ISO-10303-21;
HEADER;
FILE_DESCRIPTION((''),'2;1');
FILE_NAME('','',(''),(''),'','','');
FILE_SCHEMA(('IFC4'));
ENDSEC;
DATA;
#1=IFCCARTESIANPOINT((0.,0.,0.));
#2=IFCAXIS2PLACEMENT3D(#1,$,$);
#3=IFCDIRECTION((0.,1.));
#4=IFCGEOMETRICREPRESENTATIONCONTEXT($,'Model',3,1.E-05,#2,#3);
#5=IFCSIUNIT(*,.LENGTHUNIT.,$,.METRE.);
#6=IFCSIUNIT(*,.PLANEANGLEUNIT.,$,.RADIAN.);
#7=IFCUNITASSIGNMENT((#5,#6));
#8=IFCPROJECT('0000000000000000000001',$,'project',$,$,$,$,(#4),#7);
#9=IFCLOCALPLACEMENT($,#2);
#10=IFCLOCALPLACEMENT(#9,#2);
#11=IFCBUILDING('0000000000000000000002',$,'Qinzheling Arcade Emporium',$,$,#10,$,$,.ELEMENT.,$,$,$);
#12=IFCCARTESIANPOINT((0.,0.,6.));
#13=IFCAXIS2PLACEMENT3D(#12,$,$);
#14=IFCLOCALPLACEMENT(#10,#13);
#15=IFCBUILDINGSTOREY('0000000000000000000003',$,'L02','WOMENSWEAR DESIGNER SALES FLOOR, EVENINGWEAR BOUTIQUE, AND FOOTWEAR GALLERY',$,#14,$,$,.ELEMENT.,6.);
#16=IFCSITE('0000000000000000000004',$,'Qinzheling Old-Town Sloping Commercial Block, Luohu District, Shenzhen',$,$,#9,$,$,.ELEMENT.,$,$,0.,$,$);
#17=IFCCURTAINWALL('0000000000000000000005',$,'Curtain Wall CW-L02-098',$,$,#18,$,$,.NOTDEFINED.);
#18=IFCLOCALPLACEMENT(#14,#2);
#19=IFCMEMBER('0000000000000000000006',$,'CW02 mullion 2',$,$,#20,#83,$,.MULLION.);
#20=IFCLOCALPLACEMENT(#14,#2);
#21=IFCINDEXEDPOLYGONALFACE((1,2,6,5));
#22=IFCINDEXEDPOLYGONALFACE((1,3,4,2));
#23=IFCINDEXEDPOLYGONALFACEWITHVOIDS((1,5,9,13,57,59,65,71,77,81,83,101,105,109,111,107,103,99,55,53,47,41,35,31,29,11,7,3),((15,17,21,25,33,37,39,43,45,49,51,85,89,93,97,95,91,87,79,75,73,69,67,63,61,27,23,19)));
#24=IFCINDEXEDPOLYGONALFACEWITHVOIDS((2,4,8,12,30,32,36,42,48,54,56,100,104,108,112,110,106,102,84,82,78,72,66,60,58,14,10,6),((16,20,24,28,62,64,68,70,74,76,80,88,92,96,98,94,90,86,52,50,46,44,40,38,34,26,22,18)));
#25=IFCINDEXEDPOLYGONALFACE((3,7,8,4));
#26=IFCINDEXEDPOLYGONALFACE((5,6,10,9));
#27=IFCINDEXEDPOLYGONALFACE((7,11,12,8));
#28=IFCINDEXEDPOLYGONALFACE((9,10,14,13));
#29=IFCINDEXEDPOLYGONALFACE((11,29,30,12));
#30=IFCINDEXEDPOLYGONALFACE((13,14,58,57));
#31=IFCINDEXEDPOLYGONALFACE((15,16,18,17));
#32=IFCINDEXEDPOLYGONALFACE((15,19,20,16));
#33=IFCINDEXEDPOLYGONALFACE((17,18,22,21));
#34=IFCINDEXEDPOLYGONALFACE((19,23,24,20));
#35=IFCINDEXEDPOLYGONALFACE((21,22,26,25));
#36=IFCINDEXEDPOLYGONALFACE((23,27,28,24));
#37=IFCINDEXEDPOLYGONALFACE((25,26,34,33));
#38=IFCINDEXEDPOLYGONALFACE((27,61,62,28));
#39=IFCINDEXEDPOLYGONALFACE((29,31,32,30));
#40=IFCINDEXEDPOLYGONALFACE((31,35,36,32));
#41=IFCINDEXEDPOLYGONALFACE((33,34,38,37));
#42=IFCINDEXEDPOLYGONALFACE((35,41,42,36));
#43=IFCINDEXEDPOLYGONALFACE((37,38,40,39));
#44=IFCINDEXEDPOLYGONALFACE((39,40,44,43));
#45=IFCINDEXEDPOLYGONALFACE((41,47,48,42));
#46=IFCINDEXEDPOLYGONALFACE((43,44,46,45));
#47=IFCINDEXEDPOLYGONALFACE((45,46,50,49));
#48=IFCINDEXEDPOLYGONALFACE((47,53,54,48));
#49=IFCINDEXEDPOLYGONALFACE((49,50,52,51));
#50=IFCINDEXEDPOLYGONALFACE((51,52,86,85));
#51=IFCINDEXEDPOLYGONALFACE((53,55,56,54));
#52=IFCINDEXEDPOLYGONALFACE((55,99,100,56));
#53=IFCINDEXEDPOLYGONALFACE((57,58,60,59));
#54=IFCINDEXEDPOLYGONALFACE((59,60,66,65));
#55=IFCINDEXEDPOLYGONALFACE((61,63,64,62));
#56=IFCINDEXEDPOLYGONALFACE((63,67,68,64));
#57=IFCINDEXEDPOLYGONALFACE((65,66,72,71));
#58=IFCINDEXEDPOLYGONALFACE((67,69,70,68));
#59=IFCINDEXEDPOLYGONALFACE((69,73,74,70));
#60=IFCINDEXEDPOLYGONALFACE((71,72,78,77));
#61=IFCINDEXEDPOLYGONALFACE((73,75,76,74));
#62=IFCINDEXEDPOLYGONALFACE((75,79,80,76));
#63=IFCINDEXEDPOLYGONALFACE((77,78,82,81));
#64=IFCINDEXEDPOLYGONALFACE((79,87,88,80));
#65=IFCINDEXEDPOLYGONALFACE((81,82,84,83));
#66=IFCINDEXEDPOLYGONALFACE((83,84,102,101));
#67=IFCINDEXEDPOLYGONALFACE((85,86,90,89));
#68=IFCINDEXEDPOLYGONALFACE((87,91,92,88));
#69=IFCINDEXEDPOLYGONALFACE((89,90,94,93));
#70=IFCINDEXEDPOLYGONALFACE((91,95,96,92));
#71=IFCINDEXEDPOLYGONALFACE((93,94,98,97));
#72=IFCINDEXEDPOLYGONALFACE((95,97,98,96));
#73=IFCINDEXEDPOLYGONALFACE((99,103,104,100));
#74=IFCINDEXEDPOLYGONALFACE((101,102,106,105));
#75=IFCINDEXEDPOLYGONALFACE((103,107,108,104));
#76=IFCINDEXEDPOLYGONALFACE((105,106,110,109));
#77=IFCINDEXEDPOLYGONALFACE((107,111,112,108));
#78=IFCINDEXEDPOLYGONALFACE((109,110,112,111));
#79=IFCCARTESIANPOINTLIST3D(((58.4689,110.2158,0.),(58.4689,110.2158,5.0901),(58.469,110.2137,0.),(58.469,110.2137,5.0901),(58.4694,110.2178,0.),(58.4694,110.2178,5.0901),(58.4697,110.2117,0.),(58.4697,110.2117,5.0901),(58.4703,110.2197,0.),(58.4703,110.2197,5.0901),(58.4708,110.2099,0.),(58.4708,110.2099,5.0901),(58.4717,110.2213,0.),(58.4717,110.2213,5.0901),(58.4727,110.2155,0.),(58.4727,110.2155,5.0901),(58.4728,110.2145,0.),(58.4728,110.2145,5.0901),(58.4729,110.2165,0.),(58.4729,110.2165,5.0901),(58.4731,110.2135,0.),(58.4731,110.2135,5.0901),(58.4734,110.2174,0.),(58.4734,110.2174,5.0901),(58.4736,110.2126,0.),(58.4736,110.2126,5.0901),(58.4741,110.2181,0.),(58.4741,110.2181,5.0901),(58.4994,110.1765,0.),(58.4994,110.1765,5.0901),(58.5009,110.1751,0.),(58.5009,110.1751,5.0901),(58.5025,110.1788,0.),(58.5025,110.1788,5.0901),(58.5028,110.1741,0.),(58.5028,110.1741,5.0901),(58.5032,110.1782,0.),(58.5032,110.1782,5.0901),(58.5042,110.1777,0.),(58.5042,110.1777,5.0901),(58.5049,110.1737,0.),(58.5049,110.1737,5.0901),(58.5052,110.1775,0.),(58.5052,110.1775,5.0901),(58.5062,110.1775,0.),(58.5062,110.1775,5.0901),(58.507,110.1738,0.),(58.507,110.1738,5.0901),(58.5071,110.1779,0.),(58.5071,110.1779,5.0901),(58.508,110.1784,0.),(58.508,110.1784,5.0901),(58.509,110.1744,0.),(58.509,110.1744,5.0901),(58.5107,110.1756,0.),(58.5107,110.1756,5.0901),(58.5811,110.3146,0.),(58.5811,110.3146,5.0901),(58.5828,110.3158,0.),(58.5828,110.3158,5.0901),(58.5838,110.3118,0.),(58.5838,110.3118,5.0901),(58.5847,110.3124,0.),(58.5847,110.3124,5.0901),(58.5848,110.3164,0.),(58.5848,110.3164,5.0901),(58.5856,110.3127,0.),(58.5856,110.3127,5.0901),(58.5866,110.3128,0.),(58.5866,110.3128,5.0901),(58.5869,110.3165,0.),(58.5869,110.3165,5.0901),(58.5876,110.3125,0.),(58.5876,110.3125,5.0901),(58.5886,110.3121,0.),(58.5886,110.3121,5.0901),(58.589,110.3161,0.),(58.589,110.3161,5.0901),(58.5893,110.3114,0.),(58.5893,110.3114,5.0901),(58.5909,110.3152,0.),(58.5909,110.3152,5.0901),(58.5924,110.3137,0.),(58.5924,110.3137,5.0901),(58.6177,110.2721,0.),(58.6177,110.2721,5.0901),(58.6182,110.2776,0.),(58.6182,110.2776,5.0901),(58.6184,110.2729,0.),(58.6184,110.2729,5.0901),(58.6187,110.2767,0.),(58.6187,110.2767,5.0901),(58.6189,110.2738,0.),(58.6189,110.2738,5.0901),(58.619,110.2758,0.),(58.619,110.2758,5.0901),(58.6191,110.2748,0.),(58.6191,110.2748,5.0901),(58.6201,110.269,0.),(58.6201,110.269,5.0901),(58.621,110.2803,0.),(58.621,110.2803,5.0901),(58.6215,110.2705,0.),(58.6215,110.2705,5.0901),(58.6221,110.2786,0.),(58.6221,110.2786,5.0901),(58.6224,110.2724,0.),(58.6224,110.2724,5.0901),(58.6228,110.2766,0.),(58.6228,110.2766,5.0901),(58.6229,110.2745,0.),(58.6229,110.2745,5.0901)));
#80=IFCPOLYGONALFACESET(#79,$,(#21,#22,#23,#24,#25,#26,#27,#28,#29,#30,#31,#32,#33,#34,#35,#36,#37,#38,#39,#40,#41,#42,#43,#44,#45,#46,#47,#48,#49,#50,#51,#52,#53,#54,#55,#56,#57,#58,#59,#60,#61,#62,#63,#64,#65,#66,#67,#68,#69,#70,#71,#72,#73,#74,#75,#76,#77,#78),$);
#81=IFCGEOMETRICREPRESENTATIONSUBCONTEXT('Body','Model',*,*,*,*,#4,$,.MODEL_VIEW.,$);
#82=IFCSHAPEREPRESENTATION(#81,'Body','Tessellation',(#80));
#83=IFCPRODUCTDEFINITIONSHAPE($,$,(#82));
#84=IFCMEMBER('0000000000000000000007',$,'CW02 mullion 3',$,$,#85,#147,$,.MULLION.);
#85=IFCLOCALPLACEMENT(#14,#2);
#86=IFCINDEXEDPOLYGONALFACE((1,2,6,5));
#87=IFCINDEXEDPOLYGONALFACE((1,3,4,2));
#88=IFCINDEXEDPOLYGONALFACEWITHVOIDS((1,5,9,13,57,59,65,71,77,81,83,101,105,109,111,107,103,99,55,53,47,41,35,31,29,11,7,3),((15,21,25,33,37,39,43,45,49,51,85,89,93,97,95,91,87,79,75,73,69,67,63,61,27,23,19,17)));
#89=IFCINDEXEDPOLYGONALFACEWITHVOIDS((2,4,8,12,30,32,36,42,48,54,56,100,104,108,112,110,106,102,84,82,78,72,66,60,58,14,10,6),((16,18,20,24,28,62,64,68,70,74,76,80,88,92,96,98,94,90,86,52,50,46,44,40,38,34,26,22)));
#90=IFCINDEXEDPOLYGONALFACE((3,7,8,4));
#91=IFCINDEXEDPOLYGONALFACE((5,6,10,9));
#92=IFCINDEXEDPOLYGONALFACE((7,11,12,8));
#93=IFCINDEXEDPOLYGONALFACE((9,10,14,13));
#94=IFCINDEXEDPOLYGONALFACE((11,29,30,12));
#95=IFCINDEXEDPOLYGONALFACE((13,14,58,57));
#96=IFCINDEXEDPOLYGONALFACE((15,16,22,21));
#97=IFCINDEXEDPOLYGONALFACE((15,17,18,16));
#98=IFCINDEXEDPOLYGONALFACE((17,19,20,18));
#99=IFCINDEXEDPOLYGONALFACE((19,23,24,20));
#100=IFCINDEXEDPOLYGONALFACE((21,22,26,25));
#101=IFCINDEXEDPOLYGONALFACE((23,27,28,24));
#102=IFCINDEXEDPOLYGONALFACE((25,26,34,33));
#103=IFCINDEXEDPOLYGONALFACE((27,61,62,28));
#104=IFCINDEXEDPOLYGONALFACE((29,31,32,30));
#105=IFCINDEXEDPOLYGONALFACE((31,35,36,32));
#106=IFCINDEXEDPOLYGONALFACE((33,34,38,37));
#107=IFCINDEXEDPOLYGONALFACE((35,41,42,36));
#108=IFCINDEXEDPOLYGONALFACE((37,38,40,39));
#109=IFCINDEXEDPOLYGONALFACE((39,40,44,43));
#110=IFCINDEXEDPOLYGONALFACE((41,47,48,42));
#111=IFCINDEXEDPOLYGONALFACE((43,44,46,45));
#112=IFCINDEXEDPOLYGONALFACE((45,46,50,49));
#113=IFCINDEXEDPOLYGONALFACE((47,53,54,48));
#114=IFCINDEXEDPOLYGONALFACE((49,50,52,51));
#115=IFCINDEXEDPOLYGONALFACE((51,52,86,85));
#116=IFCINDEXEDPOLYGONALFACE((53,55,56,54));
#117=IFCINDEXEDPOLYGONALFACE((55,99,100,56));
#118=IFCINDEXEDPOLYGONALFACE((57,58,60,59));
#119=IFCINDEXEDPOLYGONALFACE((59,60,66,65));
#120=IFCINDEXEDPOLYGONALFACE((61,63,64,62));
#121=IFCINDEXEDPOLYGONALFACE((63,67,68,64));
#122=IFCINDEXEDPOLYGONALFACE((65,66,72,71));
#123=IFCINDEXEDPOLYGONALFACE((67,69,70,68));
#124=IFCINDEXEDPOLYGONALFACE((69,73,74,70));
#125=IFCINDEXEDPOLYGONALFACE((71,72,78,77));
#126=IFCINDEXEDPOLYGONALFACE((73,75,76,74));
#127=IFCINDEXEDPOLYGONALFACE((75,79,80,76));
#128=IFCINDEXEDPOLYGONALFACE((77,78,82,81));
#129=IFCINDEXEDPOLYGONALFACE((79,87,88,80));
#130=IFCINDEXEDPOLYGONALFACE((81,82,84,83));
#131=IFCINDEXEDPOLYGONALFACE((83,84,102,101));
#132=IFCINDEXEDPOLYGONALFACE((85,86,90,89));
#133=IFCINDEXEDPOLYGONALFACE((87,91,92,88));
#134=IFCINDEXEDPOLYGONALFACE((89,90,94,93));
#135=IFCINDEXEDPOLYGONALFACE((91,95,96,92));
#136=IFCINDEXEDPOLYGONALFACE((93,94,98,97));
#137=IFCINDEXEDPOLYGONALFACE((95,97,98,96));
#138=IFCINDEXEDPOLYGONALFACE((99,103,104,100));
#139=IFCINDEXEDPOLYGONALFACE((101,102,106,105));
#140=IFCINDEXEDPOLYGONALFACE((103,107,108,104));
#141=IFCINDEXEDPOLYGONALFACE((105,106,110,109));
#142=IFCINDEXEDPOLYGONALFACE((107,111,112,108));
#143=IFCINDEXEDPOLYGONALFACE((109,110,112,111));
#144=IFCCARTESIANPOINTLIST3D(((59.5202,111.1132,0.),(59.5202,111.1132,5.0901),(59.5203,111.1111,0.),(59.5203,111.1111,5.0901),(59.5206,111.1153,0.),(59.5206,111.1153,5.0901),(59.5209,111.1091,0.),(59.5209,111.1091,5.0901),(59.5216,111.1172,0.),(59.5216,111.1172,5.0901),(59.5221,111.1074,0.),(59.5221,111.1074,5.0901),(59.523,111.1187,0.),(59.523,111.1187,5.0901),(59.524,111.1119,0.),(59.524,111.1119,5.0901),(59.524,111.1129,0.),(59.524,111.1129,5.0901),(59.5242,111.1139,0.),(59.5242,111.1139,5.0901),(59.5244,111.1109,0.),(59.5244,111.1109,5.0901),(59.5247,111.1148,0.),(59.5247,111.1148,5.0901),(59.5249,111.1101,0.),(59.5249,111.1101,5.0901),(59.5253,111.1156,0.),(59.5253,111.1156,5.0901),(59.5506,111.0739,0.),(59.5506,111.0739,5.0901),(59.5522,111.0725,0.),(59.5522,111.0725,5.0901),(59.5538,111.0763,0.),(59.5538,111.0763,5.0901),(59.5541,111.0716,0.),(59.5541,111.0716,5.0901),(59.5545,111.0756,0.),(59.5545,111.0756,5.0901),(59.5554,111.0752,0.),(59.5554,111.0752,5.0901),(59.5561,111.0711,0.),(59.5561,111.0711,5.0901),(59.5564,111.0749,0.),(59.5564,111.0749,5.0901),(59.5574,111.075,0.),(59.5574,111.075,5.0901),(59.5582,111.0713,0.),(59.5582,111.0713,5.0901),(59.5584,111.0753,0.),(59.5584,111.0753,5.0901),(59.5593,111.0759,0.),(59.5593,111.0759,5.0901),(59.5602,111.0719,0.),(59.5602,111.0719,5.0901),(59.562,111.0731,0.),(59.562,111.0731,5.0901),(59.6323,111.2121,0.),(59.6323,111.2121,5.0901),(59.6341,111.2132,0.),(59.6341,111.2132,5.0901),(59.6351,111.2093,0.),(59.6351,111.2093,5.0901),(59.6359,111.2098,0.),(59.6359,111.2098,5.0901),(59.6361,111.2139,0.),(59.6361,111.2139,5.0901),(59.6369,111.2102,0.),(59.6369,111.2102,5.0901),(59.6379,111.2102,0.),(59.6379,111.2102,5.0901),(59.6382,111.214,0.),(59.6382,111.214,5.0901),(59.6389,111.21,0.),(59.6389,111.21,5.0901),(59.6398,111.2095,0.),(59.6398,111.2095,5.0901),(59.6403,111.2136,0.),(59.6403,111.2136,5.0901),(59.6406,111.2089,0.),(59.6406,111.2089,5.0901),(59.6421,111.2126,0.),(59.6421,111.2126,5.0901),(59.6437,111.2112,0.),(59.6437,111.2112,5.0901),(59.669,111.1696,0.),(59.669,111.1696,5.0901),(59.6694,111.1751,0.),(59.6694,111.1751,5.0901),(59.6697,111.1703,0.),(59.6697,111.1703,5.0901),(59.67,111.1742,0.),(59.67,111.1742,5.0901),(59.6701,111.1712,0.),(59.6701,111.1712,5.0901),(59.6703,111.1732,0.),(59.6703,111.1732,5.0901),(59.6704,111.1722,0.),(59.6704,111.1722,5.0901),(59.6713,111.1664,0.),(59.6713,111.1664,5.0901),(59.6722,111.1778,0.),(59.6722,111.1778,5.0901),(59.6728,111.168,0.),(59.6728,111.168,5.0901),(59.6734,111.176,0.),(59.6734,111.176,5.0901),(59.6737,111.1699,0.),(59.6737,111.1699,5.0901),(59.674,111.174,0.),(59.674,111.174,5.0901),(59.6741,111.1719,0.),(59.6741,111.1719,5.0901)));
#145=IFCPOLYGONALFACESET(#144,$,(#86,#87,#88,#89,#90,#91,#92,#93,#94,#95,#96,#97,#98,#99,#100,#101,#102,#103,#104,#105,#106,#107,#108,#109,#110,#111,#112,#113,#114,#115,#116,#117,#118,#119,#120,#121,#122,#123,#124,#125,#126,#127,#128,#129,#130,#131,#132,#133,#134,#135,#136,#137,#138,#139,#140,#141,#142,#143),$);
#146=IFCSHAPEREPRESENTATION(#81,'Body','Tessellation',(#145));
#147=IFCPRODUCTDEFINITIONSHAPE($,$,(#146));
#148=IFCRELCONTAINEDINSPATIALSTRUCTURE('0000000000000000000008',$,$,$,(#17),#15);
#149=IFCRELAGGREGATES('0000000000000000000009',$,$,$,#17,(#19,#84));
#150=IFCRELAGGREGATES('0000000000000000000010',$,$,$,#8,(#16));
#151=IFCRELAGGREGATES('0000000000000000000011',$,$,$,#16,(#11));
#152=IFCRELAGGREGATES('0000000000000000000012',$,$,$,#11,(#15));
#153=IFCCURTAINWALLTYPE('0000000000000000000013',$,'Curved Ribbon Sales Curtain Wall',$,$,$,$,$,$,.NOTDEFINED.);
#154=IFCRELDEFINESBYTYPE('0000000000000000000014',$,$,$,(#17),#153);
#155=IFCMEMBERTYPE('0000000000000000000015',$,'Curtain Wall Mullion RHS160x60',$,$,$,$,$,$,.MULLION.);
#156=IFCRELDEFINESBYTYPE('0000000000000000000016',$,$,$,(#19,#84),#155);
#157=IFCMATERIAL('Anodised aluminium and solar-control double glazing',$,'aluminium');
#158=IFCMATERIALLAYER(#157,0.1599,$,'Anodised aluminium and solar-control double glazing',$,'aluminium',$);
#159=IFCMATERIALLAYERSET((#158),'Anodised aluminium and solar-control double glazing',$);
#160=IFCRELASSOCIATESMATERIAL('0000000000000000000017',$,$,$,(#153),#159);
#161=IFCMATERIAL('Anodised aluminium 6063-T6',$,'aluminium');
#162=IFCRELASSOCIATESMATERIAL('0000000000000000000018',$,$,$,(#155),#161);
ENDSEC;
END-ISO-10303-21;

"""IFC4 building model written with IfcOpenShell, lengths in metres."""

from ifc_helpers import new_model, si_unit, direction, frame, origin, origin_2d, place, context, subcontext, project, spatial, hollow_rectangle, extrude, material, layer, layer_set, material_profile, profile_set, type_object, element, aggregate, save


model = new_model("IFC4")

# Units and contexts
model_context = context("Model", 3, precision=1e-05, world=origin(), true_north=direction((0.0, 1.0)))
body_context = subcontext(model_context, "Body", "Model", "MODEL_VIEW")
ifc_project = project(units=[si_unit("LENGTHUNIT", "METRE"), si_unit("PLANEANGLEUNIT", "RADIAN")], contexts=[model_context])

# Site, building, storey
site_placement = place(None, origin())
site = spatial("IfcSite", under=ifc_project, at=site_placement, Name="Qinzheling Old-Town Sloping Commercial Block, Luohu District, Shenzhen", CompositionType="ELEMENT", RefElevation=0.0)
building_placement = place(site_placement, origin())
building = spatial("IfcBuilding", under=site, at=building_placement, Name="Qinzheling Arcade Emporium", CompositionType="ELEMENT")
storey_placement = place(building_placement, frame((0.0, 0.0, 6.0)))
storey = spatial("IfcBuildingStorey", under=building, at=storey_placement, Name="L02", Description="WOMENSWEAR DESIGNER SALES FLOOR, EVENINGWEAR BOUTIQUE, AND FOOTWEAR GALLERY", CompositionType="ELEMENT", Elevation=6.0)

# Shared definitions
ifc_material_1 = material(Name="Anodised aluminium and solar-control double glazing", Category="aluminium")
ifc_layer_1 = layer(ifc_material_1, 0.1599, Name="Anodised aluminium and solar-control double glazing", Category="aluminium")
ifc_layer_set_1 = layer_set([ifc_layer_1], Name="Anodised aluminium and solar-control double glazing")
curtain_wall_type = type_object("IfcCurtainWallType", Name="Curved Ribbon Sales Curtain Wall", PredefinedType="NOTDEFINED", material=ifc_layer_set_1)
ifc_material_2 = material(Name="Anodised aluminium 6063-T6", Category="aluminium")
ifc_material_profile_1 = material_profile(ifc_material_2, hollow_rectangle(XDim=0.0601, YDim=0.1599, WallThickness=0.0039, InnerFilletRadius=0.0039, OuterFilletRadius=0.0081, at=origin_2d()), Name="RHS 160x60x4", Category="aluminium")
ifc_profile_set_1 = profile_set([ifc_material_profile_1], Name="Anodised aluminium 6063-T6")
member_type_1 = type_object("IfcMemberType", Name="Curtain Wall Mullion RHS160x60", PredefinedType="MULLION", material=ifc_profile_set_1)

# Curtain wall, members
curtain_wall_1_placement = place(storey_placement, origin())
curtain_wall_1 = element("IfcCurtainWall", 1, at=curtain_wall_1_placement, inside=storey, type_object=curtain_wall_type, Name="Curtain Wall CW-L02-098", PredefinedType="NOTDEFINED")
member_1_placement = place(storey_placement, frame((58.5459, 110.2451, 0.0), z_axis=(0.0, 0.0, 1.0), x_axis=(-0.649332, 0.760505, 0.0)))
member_1 = element("IfcMember", 2, at=member_1_placement, type_object=member_type_1, Name="CW02 mullion 2", PredefinedType="MULLION", context=body_context, shape_type="SweptSolid", body=[
    extrude(hollow_rectangle(XDim=0.0601, YDim=0.1599, WallThickness=0.0039, InnerFilletRadius=0.0039, OuterFilletRadius=0.0081, at=origin_2d()), origin(), (0.0, 0.0, 1.0), 5.0901),
])
member_2_placement = place(storey_placement, frame((59.5972, 111.1426, 0.0), z_axis=(0.0, 0.0, 1.0), x_axis=(-0.649332, 0.760505, 0.0)))
member_2 = element("IfcMember", 3, at=member_2_placement, type_object=member_type_1, Name="CW02 mullion 3", PredefinedType="MULLION", context=body_context, shape_type="SweptSolid", body=[
    extrude(hollow_rectangle(XDim=0.0601, YDim=0.1599, WallThickness=0.0039, InnerFilletRadius=0.0039, OuterFilletRadius=0.0081, at=origin_2d()), origin(), (0.0, 0.0, 1.0), 5.0901),
])

aggregate(curtain_wall_1, [member_1, member_2])

save(model, "model.ifc")
